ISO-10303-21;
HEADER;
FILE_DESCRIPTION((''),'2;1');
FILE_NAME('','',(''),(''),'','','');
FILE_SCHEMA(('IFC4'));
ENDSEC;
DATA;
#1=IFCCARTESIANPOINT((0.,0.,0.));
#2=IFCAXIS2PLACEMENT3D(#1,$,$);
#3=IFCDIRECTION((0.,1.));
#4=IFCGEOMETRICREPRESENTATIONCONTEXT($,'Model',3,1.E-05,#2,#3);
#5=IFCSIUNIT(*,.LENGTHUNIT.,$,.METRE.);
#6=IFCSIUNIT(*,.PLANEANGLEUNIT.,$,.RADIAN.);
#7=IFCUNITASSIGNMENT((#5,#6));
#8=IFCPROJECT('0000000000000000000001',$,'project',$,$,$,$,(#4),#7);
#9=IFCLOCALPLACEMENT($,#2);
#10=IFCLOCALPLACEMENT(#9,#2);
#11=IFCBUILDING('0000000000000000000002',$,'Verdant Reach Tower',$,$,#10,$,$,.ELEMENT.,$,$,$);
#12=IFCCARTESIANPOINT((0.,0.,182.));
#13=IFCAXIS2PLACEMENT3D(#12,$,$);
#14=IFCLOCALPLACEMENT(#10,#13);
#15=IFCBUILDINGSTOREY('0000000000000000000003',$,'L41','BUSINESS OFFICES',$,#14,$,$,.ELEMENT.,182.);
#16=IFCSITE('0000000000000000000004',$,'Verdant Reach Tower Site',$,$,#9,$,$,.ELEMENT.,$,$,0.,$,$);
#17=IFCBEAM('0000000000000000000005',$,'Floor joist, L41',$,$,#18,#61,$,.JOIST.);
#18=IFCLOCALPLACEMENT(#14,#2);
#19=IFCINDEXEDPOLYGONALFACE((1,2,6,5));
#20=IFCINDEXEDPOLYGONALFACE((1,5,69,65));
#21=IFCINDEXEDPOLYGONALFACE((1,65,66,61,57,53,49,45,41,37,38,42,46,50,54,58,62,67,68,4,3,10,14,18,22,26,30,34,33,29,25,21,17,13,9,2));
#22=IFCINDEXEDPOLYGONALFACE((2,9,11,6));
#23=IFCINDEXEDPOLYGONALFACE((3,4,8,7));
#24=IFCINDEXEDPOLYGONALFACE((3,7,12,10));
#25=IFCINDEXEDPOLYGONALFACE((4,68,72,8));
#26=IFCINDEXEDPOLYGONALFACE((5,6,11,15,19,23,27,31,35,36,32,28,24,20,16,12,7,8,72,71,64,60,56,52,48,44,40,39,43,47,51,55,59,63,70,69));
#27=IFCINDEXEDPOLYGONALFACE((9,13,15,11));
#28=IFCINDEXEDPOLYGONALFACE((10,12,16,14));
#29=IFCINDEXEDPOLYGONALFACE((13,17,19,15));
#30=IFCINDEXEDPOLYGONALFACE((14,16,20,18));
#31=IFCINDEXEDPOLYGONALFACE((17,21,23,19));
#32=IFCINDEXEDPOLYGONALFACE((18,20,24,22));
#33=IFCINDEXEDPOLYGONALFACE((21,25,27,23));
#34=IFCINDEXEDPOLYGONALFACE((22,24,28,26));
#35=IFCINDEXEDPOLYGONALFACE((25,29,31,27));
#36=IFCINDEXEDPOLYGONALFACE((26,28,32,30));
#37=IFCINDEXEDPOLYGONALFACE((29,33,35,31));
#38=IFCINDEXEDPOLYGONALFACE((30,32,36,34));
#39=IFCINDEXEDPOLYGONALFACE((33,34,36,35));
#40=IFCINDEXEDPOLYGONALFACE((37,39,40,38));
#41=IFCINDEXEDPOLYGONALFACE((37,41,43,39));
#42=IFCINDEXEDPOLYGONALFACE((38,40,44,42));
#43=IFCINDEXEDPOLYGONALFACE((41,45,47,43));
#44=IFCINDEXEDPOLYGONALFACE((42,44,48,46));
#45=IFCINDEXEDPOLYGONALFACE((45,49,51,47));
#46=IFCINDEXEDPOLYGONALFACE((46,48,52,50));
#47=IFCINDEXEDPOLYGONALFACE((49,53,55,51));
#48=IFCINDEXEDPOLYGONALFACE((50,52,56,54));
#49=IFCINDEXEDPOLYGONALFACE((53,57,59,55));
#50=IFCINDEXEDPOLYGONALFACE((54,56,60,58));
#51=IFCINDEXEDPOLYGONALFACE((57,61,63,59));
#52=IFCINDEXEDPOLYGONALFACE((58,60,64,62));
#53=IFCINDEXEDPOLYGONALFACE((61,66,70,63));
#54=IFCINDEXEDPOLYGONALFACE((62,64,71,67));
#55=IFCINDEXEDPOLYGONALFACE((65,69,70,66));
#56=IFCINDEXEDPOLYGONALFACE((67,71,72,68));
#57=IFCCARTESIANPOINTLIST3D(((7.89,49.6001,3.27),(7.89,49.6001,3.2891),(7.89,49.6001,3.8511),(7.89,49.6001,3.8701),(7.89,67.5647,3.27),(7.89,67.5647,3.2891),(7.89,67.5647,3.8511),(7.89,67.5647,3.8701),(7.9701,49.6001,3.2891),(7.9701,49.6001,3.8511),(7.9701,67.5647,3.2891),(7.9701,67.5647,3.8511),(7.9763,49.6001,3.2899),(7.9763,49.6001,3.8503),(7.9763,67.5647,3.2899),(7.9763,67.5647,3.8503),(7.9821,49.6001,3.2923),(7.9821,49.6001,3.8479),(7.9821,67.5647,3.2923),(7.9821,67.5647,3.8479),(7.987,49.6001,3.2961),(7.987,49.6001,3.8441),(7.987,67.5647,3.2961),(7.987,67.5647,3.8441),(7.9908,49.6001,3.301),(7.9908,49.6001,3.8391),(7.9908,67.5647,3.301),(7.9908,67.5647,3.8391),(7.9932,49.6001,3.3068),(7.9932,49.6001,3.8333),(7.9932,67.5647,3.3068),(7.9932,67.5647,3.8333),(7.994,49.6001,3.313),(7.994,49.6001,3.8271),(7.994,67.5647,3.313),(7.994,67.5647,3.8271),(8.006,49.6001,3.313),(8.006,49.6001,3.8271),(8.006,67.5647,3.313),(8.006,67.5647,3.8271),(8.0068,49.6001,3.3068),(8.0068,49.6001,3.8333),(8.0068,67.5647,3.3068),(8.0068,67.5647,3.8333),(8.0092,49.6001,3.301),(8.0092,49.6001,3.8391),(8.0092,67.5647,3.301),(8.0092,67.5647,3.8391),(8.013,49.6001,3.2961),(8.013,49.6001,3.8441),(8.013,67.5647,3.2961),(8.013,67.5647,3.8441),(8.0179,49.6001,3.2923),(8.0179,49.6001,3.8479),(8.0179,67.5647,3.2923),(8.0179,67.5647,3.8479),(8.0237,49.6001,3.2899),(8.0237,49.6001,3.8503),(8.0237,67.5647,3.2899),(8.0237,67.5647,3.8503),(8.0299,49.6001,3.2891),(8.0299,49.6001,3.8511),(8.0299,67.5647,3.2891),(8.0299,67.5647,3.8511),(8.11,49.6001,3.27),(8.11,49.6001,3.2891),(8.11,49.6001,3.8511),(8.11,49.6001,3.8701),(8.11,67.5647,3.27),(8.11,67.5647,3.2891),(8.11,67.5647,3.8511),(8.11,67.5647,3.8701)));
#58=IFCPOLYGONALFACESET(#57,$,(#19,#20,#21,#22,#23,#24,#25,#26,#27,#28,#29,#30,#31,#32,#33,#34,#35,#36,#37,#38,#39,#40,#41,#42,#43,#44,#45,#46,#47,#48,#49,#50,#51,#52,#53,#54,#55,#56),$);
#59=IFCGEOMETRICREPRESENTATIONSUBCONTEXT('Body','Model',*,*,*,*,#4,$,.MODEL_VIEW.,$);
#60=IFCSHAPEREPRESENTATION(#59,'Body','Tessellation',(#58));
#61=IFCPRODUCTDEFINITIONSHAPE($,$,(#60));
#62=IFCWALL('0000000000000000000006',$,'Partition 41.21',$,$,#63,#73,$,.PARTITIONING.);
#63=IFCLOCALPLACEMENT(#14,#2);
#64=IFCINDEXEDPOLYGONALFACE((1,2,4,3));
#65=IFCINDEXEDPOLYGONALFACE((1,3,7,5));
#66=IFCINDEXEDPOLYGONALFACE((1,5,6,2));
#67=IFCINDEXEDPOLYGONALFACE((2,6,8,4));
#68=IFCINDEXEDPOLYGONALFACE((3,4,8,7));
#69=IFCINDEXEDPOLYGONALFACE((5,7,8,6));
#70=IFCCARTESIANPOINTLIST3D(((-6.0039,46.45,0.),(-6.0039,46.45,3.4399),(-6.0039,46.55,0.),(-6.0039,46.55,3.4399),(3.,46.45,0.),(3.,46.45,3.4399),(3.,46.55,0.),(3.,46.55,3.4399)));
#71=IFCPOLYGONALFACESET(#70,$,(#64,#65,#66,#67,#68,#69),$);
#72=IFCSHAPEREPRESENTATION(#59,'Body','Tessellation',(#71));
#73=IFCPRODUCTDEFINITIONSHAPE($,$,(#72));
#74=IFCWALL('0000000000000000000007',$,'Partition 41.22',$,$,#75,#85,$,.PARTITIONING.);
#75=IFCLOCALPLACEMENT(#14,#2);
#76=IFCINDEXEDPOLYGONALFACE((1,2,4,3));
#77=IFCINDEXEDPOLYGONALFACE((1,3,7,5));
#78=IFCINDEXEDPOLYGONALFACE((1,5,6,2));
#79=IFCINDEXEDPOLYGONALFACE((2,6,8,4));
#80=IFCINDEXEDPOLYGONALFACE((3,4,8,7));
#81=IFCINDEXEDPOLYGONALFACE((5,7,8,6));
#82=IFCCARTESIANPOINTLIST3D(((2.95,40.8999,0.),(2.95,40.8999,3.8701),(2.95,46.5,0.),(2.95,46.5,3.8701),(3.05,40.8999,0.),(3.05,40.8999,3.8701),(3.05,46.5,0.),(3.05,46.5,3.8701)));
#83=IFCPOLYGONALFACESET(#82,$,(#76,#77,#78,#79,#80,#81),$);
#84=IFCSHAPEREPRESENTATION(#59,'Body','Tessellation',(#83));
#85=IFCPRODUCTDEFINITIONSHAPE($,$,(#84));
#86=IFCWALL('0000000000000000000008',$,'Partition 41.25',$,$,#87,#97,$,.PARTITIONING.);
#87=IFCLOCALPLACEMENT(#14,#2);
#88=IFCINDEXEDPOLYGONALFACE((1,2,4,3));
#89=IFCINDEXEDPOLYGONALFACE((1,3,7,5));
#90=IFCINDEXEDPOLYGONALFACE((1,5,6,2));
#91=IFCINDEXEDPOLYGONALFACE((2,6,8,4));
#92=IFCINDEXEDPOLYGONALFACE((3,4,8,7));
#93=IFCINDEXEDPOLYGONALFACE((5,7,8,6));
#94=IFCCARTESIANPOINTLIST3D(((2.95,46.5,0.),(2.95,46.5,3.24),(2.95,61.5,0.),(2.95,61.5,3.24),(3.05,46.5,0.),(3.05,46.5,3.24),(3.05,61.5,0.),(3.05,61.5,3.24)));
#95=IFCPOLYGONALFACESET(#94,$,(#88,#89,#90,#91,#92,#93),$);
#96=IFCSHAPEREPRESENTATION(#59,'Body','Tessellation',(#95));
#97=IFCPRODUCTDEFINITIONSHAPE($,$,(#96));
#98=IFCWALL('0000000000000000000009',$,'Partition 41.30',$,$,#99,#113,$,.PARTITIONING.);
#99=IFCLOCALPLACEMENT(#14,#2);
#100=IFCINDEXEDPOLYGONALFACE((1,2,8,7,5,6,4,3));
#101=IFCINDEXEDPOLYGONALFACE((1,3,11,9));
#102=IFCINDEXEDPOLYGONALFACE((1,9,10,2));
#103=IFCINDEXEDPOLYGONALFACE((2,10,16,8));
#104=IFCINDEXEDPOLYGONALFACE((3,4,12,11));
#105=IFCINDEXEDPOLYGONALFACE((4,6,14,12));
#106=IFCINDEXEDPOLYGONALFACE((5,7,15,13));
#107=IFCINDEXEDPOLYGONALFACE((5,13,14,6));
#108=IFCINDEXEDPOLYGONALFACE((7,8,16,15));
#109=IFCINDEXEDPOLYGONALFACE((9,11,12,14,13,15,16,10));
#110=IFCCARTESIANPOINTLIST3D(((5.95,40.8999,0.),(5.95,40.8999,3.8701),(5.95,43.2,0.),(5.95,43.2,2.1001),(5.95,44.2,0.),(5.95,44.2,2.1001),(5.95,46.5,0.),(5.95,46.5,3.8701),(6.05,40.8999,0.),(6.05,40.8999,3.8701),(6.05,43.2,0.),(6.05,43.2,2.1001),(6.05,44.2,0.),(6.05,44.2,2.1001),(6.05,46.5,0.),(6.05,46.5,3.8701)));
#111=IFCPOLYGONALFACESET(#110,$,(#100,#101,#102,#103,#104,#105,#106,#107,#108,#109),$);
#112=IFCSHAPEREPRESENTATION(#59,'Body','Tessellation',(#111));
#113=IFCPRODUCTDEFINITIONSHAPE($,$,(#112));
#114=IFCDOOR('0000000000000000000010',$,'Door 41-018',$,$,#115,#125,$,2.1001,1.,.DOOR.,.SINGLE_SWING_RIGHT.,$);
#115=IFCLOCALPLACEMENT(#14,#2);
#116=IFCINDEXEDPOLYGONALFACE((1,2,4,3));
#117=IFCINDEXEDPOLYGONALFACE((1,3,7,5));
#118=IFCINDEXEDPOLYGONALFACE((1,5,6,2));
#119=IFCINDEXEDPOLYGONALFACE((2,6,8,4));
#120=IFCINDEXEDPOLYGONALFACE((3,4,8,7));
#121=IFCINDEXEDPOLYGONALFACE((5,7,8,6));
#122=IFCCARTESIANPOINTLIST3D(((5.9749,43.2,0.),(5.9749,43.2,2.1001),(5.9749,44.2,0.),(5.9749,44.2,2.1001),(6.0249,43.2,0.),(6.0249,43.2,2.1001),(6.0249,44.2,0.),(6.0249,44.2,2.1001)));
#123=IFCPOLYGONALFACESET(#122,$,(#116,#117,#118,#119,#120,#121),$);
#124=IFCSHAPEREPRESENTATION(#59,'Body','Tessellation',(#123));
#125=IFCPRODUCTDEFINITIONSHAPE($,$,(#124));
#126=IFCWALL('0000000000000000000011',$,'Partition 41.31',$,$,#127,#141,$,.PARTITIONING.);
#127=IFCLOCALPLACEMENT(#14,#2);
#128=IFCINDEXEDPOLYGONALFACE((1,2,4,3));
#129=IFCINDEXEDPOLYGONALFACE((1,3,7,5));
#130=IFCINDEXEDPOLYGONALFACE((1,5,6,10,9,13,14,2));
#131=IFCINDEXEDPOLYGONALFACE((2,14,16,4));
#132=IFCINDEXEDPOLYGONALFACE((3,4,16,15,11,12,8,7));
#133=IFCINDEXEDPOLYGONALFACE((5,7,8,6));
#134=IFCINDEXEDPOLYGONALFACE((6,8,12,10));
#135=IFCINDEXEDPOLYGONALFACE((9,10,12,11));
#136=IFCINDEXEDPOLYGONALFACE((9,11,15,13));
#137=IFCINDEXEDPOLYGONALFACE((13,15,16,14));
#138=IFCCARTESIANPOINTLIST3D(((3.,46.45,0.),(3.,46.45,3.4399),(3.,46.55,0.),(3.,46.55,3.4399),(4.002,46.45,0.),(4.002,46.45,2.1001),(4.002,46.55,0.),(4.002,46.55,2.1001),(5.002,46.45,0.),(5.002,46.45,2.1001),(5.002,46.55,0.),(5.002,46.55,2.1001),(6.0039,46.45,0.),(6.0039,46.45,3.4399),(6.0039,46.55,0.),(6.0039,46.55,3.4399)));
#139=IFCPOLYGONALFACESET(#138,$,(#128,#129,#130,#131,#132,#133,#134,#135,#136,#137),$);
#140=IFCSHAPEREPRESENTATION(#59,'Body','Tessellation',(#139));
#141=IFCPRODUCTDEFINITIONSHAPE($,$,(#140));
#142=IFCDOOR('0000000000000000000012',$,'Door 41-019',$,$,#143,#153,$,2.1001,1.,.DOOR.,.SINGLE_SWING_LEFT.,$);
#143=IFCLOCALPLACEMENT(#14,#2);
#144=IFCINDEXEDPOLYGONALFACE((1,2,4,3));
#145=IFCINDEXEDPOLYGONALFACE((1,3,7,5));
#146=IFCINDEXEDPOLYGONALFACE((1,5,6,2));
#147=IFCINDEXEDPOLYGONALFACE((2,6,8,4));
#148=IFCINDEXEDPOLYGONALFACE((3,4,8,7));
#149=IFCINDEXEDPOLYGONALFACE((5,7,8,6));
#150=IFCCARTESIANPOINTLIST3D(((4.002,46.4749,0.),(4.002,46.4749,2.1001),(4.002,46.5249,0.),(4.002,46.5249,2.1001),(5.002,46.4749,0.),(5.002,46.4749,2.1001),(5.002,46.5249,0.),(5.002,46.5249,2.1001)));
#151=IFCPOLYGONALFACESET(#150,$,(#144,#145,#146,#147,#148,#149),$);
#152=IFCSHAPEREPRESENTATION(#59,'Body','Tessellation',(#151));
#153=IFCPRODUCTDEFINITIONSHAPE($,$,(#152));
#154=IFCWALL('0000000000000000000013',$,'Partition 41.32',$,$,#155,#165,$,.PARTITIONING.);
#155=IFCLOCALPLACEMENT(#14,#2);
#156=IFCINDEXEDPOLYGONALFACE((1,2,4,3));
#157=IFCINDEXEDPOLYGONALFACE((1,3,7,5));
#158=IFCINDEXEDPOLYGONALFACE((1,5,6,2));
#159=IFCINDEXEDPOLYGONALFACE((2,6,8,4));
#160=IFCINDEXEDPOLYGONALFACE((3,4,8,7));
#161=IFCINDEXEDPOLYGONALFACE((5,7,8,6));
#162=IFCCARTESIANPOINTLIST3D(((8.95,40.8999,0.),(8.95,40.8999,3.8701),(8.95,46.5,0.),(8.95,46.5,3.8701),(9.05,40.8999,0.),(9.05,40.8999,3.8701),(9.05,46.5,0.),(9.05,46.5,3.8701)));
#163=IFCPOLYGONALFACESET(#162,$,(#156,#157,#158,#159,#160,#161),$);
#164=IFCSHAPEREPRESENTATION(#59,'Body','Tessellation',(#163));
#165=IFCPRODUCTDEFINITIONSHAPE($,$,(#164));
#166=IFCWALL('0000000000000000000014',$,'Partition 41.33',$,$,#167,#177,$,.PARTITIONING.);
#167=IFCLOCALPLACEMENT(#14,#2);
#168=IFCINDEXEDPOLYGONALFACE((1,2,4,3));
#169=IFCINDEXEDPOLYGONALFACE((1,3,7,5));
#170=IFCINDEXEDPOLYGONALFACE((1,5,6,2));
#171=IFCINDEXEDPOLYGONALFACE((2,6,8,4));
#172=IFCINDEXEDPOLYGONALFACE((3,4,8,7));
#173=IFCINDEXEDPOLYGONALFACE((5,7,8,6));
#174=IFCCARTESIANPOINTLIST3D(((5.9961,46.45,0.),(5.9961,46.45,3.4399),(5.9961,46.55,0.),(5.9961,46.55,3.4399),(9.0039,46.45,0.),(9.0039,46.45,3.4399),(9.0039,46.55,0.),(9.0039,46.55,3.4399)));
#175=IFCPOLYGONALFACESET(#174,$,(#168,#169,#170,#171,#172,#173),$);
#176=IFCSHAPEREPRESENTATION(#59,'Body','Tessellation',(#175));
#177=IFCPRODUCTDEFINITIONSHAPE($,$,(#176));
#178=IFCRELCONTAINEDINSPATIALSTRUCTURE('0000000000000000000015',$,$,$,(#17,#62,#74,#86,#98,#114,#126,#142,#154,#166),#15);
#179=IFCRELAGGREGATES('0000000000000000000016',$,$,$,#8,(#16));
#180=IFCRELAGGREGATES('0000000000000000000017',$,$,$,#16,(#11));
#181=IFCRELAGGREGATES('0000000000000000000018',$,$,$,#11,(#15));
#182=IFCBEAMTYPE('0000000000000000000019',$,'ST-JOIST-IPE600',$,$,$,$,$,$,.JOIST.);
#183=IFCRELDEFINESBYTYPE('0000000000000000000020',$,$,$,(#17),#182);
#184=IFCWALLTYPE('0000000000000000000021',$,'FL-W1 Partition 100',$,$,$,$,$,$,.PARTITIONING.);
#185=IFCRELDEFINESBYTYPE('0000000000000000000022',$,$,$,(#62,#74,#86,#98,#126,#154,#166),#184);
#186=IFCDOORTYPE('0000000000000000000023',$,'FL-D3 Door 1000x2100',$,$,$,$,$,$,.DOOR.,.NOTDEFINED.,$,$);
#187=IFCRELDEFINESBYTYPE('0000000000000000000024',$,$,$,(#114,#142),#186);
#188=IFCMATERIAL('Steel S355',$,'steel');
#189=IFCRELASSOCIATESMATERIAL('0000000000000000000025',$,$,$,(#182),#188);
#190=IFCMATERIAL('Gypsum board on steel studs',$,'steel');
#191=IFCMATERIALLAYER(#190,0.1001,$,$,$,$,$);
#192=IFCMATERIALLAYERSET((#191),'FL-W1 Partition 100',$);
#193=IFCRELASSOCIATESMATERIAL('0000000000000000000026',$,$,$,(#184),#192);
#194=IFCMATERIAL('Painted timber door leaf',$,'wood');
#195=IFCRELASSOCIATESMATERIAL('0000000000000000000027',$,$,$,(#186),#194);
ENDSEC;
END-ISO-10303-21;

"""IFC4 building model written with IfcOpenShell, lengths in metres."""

from ifc_helpers import new_model, si_unit, direction, frame, frame_2d, origin, origin_2d, place, context, subcontext, project, spatial, rectangle, i_section, extrude, material, layer, layer_set, material_profile, profile_set, type_object, element, fill, save


model = new_model("IFC4")

# Units and contexts
model_context = context("Model", 3, precision=1e-05, world=origin(), true_north=direction((0.0, 1.0)))
body_context = subcontext(model_context, "Body", "Model", "MODEL_VIEW")
ifc_project = project(units=[si_unit("LENGTHUNIT", "METRE"), si_unit("PLANEANGLEUNIT", "RADIAN")], contexts=[model_context])

# Site, building, storey
site_placement = place(None, origin())
site = spatial("IfcSite", under=ifc_project, at=site_placement, Name="Verdant Reach Tower Site", CompositionType="ELEMENT", RefElevation=0.0)
building_placement = place(site_placement, origin())
building = spatial("IfcBuilding", under=site, at=building_placement, Name="Verdant Reach Tower", CompositionType="ELEMENT")
storey_placement = place(building_placement, frame((0.0, 0.0, 182.0)))
storey = spatial("IfcBuildingStorey", under=building, at=storey_placement, Name="L41", Description="BUSINESS OFFICES", CompositionType="ELEMENT", Elevation=182.0)

# Beam
ifc_material_1 = material(Name="Steel S355", Category="steel")
ifc_material_profile_1 = material_profile(ifc_material_1, i_section(OverallWidth=0.22, OverallDepth=0.6001, WebThickness=0.012, FlangeThickness=0.019, FilletRadius=0.0239, at=origin_2d()), Name="IPE 600")
ifc_profile_set_1 = profile_set([ifc_material_profile_1], Name="Steel S355")
beam_type_1 = type_object("IfcBeamType", Name="ST-JOIST-IPE600", PredefinedType="JOIST", material=ifc_profile_set_1)
beam_1_placement = place(storey_placement, frame((8.0, 49.6001, 3.5701), z_axis=(0.0, 1.0, 0.0), x_axis=(-1.0, 0.0, 0.0)))
element("IfcBeam", 1, at=beam_1_placement, inside=storey, type_object=beam_type_1, Name="Floor joist, L41", PredefinedType="JOIST", context=body_context, shape_type="SweptSolid", body=[
    extrude(i_section(OverallWidth=0.22, OverallDepth=0.6001, WebThickness=0.012, FlangeThickness=0.019, FilletRadius=0.0239, at=origin_2d()), origin(), (0.0, 0.0, 1.0), 17.9646),
])

# Walls
ifc_material_2 = material(Name="Gypsum board on steel studs", Category="steel")
ifc_layer_1 = layer(ifc_material_2, 0.1001)
ifc_layer_set_1 = layer_set([ifc_layer_1], Name="FL-W1 Partition 100")
wall_type_1 = type_object("IfcWallType", Name="FL-W1 Partition 100", PredefinedType="PARTITIONING", material=ifc_layer_set_1)
wall_1_placement = place(storey_placement, frame((3.0, 46.5, 0.0), z_axis=(0.0, 0.0, 1.0), x_axis=(-1.0, 0.0, 0.0)))
element("IfcWall", 2, at=wall_1_placement, inside=storey, type_object=wall_type_1, Name="Partition 41.21", PredefinedType="PARTITIONING", context=body_context, shape_type="SweptSolid", body=[
    extrude(rectangle(XDim=9.0039, YDim=0.1001, at=frame_2d((4.502, 0.0))), origin(), (0.0, 0.0, 1.0), 3.4399),
])
wall_2_placement = place(storey_placement, frame((3.0, 40.8999, 0.0), z_axis=(0.0, 0.0, 1.0), x_axis=(0.0, 1.0, 0.0)))
element("IfcWall", 3, at=wall_2_placement, inside=storey, type_object=wall_type_1, Name="Partition 41.22", PredefinedType="PARTITIONING", context=body_context, shape_type="SweptSolid", body=[
    extrude(rectangle(XDim=5.6001, YDim=0.1001, at=frame_2d((2.8, 0.0))), origin(), (0.0, 0.0, 1.0), 3.8701),
])
wall_3_placement = place(storey_placement, frame((3.0, 46.5, 0.0), z_axis=(0.0, 0.0, 1.0), x_axis=(0.0, 1.0, 0.0)))
element("IfcWall", 4, at=wall_3_placement, inside=storey, type_object=wall_type_1, Name="Partition 41.25", PredefinedType="PARTITIONING", context=body_context, shape_type="SweptSolid", body=[
    extrude(rectangle(XDim=15.0, YDim=0.1001, at=frame_2d((7.5, 0.0))), origin(), (0.0, 0.0, 1.0), 3.24),
])

# Walls, openings, doors
wall_4_placement = place(storey_placement, frame((6.0, 46.5, 0.0), z_axis=(0.0, 0.0, 1.0), x_axis=(0.0, -1.0, 0.0)))
wall_4 = element("IfcWall", 5, at=wall_4_placement, inside=storey, type_object=wall_type_1, Name="Partition 41.30", PredefinedType="PARTITIONING", context=body_context, shape_type="SweptSolid", body=[
    extrude(rectangle(XDim=5.6001, YDim=0.1001, at=frame_2d((2.8, 0.0))), origin(), (0.0, 0.0, 1.0), 3.8701),
])
opening_1_placement = place(wall_4_placement, frame((2.3, 0.0, 0.0)))
opening_1 = element("IfcOpeningElement", 6, at=opening_1_placement, cuts=wall_4, PredefinedType="OPENING", context=body_context, shape_type="SweptSolid", body=[
    extrude(rectangle(XDim=1.0, YDim=2.1001, at=frame_2d((0.5, 1.05))), frame((0.0, 0.0601, 0.0), z_axis=(0.0, -1.0, 0.0), x_axis=(1.0, 0.0, 0.0)), (0.0, 0.0, 1.0), 0.1201),
])
ifc_material_3 = material(Name="Painted timber door leaf", Category="wood")
door_type_1 = type_object("IfcDoorType", Name="FL-D3 Door 1000x2100", OperationType="NOTDEFINED", PredefinedType="DOOR", material=ifc_material_3)
door_1_placement = place(opening_1_placement, origin())
door_1 = element("IfcDoor", 7, at=door_1_placement, inside=storey, type_object=door_type_1, Name="Door 41-018", OperationType="SINGLE_SWING_RIGHT", OverallHeight=2.1001, OverallWidth=1.0, PredefinedType="DOOR", context=body_context, shape_type="SweptSolid", body=[
    extrude(rectangle(XDim=1.0, YDim=2.1001, at=frame_2d((0.5, 1.05))), frame((0.0, 0.0249, 0.0), z_axis=(0.0, -1.0, 0.0), x_axis=(1.0, 0.0, 0.0)), (0.0, 0.0, 1.0), 0.05),
])
fill(opening_1, door_1)
wall_5_placement = place(storey_placement, frame((3.0, 46.5, 0.0), z_axis=(0.0, 0.0, 1.0), x_axis=(1.0, 0.0, 0.0)))
wall_5 = element("IfcWall", 8, at=wall_5_placement, inside=storey, type_object=wall_type_1, Name="Partition 41.31", PredefinedType="PARTITIONING", context=body_context, shape_type="SweptSolid", body=[
    extrude(rectangle(XDim=3.0039, YDim=0.1001, at=frame_2d((1.502, 0.0))), origin(), (0.0, 0.0, 1.0), 3.4399),
])
opening_2_placement = place(wall_5_placement, frame((1.002, 0.0, 0.0)))
opening_2 = element("IfcOpeningElement", 9, at=opening_2_placement, cuts=wall_5, PredefinedType="OPENING", context=body_context, shape_type="SweptSolid", body=[
    extrude(rectangle(XDim=1.0, YDim=2.1001, at=frame_2d((0.5, 1.05))), frame((0.0, 0.0601, 0.0), z_axis=(0.0, -1.0, 0.0), x_axis=(1.0, 0.0, 0.0)), (0.0, 0.0, 1.0), 0.1201),
])
door_2_placement = place(opening_2_placement, origin())
door_2 = element("IfcDoor", 10, at=door_2_placement, inside=storey, type_object=door_type_1, Name="Door 41-019", OperationType="SINGLE_SWING_LEFT", OverallHeight=2.1001, OverallWidth=1.0, PredefinedType="DOOR", context=body_context, shape_type="SweptSolid", body=[
    extrude(rectangle(XDim=1.0, YDim=2.1001, at=frame_2d((0.5, 1.05))), frame((0.0, 0.0249, 0.0), z_axis=(0.0, -1.0, 0.0), x_axis=(1.0, 0.0, 0.0)), (0.0, 0.0, 1.0), 0.05),
])
fill(opening_2, door_2)

# Walls
wall_6_placement = place(storey_placement, frame((9.0, 40.8999, 0.0), z_axis=(0.0, 0.0, 1.0), x_axis=(0.0, 1.0, 0.0)))
element("IfcWall", 11, at=wall_6_placement, inside=storey, type_object=wall_type_1, Name="Partition 41.32", PredefinedType="PARTITIONING", context=body_context, shape_type="SweptSolid", body=[
    extrude(rectangle(XDim=5.6001, YDim=0.1001, at=frame_2d((2.8, 0.0))), origin(), (0.0, 0.0, 1.0), 3.8701),
])
wall_7_placement = place(storey_placement, frame((9.0039, 46.5, 0.0), z_axis=(0.0, 0.0, 1.0), x_axis=(-1.0, 0.0, 0.0)))
element("IfcWall", 12, at=wall_7_placement, inside=storey, type_object=wall_type_1, Name="Partition 41.33", PredefinedType="PARTITIONING", context=body_context, shape_type="SweptSolid", body=[
    extrude(rectangle(XDim=3.0078, YDim=0.1001, at=frame_2d((1.5039, 0.0))), origin(), (0.0, 0.0, 1.0), 3.4399),
])

save(model, "model.ifc")
